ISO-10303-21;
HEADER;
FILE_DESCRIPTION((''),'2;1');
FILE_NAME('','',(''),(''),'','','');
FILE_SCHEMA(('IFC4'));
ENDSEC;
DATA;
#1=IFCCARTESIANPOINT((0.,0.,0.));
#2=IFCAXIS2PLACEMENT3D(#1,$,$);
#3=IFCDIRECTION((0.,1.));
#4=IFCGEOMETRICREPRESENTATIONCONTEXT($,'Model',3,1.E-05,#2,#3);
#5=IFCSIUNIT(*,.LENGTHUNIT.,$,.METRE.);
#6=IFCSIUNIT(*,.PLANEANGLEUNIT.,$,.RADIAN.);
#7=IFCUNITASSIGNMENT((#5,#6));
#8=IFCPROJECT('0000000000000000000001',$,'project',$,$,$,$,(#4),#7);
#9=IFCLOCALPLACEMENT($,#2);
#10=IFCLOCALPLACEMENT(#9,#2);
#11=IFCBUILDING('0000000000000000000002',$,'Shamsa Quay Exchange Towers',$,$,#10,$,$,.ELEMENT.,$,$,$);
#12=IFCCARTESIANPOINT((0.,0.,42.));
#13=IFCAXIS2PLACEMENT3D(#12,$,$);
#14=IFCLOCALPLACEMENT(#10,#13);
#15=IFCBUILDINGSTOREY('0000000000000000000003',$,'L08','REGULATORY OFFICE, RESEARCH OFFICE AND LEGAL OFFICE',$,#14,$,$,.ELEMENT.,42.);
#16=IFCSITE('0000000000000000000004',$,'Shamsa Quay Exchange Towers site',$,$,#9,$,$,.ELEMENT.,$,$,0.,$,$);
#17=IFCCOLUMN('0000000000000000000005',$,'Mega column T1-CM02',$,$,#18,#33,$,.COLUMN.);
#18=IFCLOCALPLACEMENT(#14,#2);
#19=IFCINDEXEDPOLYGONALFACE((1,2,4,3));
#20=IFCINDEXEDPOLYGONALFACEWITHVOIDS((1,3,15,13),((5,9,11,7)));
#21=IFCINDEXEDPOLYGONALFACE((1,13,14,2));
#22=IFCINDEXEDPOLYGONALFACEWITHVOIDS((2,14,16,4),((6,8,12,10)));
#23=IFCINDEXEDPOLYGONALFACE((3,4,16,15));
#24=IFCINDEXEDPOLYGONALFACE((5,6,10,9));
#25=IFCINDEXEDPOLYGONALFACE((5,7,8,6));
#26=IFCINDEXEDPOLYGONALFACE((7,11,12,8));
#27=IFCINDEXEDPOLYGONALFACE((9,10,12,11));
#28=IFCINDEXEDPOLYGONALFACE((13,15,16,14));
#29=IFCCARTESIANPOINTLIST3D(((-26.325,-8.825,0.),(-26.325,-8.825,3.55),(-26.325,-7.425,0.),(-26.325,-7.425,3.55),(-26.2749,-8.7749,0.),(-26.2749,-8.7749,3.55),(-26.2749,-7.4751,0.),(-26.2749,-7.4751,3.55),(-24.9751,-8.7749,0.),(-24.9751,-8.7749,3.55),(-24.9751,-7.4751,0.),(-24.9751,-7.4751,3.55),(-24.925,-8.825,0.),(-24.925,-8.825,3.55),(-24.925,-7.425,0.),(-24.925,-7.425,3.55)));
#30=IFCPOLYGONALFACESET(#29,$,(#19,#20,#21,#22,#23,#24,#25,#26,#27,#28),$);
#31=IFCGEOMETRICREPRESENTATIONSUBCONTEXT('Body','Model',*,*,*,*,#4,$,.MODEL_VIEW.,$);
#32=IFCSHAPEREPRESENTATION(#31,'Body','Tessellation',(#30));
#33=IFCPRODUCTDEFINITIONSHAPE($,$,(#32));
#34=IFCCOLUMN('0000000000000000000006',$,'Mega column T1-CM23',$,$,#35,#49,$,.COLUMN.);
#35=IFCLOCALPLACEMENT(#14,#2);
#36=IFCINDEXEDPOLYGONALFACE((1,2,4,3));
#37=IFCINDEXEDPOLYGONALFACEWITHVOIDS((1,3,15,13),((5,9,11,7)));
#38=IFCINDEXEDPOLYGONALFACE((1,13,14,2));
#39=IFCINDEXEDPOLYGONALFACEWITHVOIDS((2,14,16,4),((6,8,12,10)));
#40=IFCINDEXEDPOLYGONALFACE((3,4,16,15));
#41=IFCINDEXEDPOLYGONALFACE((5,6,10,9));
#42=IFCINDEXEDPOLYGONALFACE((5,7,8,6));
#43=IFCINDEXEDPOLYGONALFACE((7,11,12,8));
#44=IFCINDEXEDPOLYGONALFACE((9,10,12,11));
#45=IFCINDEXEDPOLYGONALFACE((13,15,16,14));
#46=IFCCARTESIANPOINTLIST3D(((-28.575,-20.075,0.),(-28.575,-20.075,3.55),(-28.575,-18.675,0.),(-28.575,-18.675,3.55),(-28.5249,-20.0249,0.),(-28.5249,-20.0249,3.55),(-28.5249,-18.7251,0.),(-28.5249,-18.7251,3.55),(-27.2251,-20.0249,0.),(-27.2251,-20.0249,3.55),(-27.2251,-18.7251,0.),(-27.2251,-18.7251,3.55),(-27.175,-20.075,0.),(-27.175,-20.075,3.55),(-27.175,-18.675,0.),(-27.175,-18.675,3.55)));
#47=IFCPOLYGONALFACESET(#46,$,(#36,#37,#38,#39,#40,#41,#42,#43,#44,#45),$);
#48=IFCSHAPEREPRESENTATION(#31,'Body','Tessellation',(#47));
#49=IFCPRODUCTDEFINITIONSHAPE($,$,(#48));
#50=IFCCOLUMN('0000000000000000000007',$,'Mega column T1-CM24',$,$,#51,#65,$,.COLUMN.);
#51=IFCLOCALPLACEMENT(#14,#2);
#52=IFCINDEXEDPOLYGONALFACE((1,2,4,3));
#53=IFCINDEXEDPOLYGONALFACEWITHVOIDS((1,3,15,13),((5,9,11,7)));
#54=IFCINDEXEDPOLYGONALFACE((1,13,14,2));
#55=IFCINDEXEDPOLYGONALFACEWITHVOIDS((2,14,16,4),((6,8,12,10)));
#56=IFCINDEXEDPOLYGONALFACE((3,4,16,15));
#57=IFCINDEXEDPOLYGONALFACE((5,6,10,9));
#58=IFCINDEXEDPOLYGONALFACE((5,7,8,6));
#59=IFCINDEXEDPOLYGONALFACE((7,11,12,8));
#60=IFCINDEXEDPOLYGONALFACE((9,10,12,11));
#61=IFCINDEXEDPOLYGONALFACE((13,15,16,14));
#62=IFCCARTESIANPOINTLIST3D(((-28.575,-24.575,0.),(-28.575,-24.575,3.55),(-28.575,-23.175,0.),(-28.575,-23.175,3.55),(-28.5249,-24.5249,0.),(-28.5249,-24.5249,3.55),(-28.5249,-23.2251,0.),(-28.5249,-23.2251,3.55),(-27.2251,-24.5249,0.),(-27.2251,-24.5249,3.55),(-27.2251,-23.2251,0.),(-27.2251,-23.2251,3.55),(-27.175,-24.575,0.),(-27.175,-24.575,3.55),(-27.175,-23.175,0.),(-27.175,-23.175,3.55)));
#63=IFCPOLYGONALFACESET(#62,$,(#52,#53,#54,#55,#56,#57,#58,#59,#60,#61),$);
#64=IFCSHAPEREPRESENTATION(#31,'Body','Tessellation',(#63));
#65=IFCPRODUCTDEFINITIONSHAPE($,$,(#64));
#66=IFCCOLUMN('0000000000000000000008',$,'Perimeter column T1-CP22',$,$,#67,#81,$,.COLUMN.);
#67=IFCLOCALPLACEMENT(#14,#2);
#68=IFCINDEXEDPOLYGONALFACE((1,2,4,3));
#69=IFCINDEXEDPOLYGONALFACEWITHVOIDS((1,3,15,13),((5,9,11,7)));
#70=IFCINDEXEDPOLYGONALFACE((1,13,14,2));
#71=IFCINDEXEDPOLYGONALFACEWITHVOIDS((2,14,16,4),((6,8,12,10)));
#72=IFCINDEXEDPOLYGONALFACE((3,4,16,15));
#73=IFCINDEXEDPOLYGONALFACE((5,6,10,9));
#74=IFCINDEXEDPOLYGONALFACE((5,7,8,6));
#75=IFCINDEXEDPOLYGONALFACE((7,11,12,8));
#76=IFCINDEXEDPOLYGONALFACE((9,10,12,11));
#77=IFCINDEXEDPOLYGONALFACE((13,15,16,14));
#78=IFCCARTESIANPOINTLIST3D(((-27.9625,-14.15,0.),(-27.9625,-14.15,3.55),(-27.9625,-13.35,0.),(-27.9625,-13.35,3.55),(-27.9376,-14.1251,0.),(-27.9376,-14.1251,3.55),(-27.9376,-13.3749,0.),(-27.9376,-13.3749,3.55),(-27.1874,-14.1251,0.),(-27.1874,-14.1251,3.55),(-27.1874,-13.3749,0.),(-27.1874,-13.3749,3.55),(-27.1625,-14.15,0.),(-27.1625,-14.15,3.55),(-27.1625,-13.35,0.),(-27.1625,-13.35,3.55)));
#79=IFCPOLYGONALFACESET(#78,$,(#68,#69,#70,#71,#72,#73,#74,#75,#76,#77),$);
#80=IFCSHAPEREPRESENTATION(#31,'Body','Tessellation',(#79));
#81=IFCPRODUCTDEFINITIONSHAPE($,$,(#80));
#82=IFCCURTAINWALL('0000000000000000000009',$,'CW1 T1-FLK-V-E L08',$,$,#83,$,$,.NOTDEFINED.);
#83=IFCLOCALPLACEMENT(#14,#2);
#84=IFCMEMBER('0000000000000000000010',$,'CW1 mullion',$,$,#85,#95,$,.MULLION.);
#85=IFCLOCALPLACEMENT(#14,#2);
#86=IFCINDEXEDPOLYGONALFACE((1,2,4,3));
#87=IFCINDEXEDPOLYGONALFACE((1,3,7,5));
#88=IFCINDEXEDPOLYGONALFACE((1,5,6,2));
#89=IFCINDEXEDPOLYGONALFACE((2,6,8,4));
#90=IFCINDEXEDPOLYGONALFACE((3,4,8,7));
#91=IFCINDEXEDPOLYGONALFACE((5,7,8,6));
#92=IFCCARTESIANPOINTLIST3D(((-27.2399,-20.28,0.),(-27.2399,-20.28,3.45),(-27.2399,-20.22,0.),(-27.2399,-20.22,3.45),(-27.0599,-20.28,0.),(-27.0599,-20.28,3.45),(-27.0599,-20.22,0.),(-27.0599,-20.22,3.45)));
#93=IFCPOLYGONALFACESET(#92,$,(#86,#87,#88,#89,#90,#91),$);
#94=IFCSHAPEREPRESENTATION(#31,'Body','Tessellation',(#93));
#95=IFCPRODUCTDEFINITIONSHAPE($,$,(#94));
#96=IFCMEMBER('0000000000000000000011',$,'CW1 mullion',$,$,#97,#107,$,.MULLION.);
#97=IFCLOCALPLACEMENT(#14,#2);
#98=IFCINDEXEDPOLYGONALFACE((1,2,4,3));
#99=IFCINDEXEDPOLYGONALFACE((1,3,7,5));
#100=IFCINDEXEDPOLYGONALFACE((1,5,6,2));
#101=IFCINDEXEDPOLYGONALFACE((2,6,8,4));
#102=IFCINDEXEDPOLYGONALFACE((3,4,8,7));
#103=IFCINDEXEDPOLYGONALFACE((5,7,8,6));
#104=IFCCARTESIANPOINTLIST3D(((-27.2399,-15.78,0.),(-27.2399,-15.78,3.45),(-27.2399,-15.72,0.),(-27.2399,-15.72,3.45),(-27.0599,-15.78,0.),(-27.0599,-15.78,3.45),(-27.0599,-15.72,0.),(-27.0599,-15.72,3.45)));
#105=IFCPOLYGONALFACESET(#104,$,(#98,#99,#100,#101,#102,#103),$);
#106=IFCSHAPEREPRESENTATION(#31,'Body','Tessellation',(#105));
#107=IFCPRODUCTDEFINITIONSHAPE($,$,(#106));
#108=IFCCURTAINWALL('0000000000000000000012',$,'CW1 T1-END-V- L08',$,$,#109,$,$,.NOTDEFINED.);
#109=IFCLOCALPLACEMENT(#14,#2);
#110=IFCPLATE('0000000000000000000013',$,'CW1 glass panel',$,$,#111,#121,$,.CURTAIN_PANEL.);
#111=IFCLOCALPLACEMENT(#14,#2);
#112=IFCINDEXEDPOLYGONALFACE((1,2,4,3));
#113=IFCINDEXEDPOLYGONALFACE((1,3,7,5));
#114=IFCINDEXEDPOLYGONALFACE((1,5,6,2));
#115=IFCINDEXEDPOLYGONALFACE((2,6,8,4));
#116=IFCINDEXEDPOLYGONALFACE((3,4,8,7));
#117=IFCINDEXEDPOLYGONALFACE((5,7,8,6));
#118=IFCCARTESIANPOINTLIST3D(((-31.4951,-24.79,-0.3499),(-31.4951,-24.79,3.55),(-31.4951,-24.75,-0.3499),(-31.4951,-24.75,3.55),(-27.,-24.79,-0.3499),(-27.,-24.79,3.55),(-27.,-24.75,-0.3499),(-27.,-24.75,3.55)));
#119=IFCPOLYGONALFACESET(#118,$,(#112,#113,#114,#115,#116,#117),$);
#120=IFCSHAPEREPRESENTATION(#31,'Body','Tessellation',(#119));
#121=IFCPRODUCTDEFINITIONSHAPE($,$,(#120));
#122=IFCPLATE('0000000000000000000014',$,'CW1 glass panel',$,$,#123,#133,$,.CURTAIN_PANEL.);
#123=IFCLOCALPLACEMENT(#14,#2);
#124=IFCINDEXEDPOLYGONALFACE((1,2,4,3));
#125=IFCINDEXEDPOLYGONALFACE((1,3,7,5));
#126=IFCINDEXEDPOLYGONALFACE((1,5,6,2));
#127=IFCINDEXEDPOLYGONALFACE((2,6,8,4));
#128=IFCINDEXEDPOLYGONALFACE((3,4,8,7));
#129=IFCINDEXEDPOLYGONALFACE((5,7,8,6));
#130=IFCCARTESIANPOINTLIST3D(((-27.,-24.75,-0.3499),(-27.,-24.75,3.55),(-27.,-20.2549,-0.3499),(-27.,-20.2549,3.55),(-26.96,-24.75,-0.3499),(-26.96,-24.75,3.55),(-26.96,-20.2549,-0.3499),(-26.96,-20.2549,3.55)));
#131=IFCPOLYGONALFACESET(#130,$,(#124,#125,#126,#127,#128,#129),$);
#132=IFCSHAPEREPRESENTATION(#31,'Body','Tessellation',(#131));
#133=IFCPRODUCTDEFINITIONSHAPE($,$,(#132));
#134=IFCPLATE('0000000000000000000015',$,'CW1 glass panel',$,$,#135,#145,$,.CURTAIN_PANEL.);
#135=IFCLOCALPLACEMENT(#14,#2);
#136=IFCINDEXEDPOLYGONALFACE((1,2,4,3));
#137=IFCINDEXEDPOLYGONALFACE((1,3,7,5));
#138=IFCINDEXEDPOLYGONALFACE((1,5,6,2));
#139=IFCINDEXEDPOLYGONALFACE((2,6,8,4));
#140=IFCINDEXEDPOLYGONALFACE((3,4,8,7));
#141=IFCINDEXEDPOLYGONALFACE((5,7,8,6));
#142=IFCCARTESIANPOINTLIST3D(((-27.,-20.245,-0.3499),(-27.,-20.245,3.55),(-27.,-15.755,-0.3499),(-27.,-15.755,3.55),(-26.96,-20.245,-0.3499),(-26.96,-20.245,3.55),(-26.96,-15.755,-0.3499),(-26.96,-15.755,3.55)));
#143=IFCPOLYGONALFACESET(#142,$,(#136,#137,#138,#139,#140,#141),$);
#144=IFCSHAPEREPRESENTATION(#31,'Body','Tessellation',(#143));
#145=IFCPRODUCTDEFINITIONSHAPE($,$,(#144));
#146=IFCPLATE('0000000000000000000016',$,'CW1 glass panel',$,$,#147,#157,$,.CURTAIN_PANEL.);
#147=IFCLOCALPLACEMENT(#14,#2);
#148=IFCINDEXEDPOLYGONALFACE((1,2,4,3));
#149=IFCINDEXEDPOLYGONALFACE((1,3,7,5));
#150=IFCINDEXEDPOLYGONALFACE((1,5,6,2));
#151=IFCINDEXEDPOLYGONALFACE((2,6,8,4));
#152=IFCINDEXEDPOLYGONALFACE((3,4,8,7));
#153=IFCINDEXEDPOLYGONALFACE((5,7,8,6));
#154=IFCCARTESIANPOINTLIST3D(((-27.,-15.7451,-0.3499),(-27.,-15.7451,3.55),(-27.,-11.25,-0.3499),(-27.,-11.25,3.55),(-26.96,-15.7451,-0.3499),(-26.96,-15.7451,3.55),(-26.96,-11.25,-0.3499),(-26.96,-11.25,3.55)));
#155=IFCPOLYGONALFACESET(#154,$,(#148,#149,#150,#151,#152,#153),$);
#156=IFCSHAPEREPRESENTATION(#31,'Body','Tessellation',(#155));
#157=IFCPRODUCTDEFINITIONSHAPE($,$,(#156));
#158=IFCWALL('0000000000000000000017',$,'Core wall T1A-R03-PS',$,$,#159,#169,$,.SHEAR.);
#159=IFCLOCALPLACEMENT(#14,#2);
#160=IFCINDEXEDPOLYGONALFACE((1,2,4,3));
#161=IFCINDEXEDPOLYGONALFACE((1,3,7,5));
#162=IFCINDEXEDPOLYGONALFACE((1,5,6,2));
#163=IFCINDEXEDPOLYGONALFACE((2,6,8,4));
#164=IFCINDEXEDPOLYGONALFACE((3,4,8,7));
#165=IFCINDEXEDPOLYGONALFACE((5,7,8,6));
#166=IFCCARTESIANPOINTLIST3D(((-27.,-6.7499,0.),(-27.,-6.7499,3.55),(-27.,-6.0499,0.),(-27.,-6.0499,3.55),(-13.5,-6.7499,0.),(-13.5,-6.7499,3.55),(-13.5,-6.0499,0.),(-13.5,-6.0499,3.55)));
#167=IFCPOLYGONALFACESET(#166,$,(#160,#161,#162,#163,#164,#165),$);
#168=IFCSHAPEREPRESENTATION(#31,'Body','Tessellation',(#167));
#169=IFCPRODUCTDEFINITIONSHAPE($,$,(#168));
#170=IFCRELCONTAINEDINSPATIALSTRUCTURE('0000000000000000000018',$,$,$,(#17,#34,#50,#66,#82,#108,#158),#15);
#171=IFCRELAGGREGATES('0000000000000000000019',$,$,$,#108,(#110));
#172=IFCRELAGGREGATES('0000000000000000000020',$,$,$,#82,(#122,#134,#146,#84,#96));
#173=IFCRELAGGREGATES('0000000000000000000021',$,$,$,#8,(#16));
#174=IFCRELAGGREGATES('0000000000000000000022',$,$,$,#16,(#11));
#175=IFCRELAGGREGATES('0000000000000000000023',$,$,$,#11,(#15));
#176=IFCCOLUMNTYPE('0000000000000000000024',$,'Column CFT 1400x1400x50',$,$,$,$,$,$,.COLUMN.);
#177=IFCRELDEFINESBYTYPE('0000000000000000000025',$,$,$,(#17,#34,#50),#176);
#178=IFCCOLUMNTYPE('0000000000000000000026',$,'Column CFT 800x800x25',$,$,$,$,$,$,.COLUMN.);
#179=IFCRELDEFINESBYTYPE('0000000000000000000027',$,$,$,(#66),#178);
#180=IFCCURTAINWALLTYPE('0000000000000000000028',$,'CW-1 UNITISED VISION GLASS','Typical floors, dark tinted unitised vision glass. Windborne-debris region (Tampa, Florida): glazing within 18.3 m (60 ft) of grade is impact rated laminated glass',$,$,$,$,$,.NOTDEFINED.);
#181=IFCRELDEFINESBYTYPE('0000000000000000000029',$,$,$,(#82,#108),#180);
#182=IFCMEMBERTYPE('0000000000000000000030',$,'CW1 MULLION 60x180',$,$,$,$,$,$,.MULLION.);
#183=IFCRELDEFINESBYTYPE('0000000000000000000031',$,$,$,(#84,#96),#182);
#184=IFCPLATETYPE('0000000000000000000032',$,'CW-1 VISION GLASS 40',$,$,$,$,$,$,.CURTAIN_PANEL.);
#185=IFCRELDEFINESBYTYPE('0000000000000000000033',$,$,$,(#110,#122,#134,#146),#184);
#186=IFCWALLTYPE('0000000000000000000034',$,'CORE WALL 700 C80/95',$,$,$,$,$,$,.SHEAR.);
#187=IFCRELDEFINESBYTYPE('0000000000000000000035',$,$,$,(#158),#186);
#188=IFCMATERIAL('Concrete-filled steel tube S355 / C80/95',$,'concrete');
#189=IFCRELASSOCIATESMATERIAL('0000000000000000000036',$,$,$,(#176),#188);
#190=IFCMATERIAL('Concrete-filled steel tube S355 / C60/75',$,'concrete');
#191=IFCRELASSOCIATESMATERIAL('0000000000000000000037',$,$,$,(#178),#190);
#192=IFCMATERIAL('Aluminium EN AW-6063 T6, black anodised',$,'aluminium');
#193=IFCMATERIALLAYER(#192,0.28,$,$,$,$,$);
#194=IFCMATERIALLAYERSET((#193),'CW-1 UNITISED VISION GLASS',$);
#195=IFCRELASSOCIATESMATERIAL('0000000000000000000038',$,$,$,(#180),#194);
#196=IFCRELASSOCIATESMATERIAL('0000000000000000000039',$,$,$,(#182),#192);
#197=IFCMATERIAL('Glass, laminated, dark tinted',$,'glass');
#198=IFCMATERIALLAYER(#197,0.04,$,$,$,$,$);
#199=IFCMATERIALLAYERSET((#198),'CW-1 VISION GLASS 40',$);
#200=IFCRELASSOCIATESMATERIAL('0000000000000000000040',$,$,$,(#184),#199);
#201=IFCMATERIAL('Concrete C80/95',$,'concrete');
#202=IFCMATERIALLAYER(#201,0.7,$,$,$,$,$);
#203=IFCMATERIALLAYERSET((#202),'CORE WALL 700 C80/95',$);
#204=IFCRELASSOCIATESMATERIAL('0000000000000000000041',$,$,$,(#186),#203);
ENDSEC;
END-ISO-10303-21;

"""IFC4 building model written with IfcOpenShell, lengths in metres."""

from ifc_helpers import new_model, si_unit, direction, frame, frame_2d, origin, origin_2d, place, context, subcontext, project, spatial, rectangle, hollow_rectangle, extrude, material, layer, layer_set, material_profile, profile_set, type_object, element, aggregate, save


model = new_model("IFC4")

# Units and contexts
model_context = context("Model", 3, precision=1e-05, world=origin(), true_north=direction((0.0, 1.0)))
body_context = subcontext(model_context, "Body", "Model", "MODEL_VIEW")
ifc_project = project(units=[si_unit("LENGTHUNIT", "METRE"), si_unit("PLANEANGLEUNIT", "RADIAN")], contexts=[model_context])

# Site, building, storey
site_placement = place(None, origin())
site = spatial("IfcSite", under=ifc_project, at=site_placement, Name="Shamsa Quay Exchange Towers site", CompositionType="ELEMENT", RefElevation=0.0)
building_placement = place(site_placement, origin())
building = spatial("IfcBuilding", under=site, at=building_placement, Name="Shamsa Quay Exchange Towers", CompositionType="ELEMENT")
storey_placement = place(building_placement, frame((0.0, 0.0, 42.0)))
storey = spatial("IfcBuildingStorey", under=building, at=storey_placement, Name="L08", Description="REGULATORY OFFICE, RESEARCH OFFICE AND LEGAL OFFICE", CompositionType="ELEMENT", Elevation=42.0)

# Columns
ifc_material_1 = material(Name="Concrete-filled steel tube S355 / C80/95", Category="concrete")
ifc_material_profile_1 = material_profile(ifc_material_1, hollow_rectangle(XDim=1.3999, YDim=1.3999, WallThickness=0.05, at=origin_2d()), Name="CFT 1400x1400x50")
ifc_profile_set_1 = profile_set([ifc_material_profile_1], Name="Concrete-filled steel tube S355 / C80/95")
column_type_1 = type_object("IfcColumnType", Name="Column CFT 1400x1400x50", PredefinedType="COLUMN", material=ifc_profile_set_1)
for number, where, name in (
    (1, (-25.625, -8.125, 0.0), "Mega column T1-CM02"),
    (2, (-27.875, -19.375, 0.0), "Mega column T1-CM23"),
    (3, (-27.875, -23.875, 0.0), "Mega column T1-CM24"),
):
    element("IfcColumn", number, at=place(storey_placement, frame(where)), inside=storey, type_object=column_type_1, Name=name, PredefinedType="COLUMN", context=body_context, shape_type="SweptSolid", body=[
        extrude(hollow_rectangle(XDim=1.3999, YDim=1.3999, WallThickness=0.05, at=origin_2d()), origin(), (0.0, 0.0, 1.0), 3.55),
    ])
ifc_material_2 = material(Name="Concrete-filled steel tube S355 / C60/75", Category="concrete")
ifc_material_profile_2 = material_profile(ifc_material_2, hollow_rectangle(XDim=0.8, YDim=0.8, WallThickness=0.0249, at=origin_2d()), Name="CFT 800x800x25")
ifc_profile_set_2 = profile_set([ifc_material_profile_2], Name="Concrete-filled steel tube S355 / C60/75")
column_type_2 = type_object("IfcColumnType", Name="Column CFT 800x800x25", PredefinedType="COLUMN", material=ifc_profile_set_2)
column_placement = place(storey_placement, frame((-27.5625, -13.75, 0.0)))
element("IfcColumn", 4, at=column_placement, inside=storey, type_object=column_type_2, Name="Perimeter column T1-CP22", PredefinedType="COLUMN", context=body_context, shape_type="SweptSolid", body=[
    extrude(hollow_rectangle(XDim=0.8, YDim=0.8, WallThickness=0.0249, at=origin_2d()), origin(), (0.0, 0.0, 1.0), 3.55),
])

# Curtain wall, members
ifc_material_3 = material(Name="Aluminium EN AW-6063 T6, black anodised", Category="aluminium")
ifc_layer_1 = layer(ifc_material_3, 0.28)
ifc_layer_set_1 = layer_set([ifc_layer_1], Name="CW-1 UNITISED VISION GLASS")
curtain_wall_type = type_object("IfcCurtainWallType", Name="CW-1 UNITISED VISION GLASS", Description="Typical floors, dark tinted unitised vision glass. Windborne-debris region (Tampa, Florida): glazing within 18.3 m (60 ft) of grade is impact rated laminated glass", PredefinedType="NOTDEFINED", material=ifc_layer_set_1)
curtain_wall_1_placement = place(storey_placement, origin())
curtain_wall_1 = element("IfcCurtainWall", 5, at=curtain_wall_1_placement, inside=storey, type_object=curtain_wall_type, Name="CW1 T1-FLK-V-E L08", PredefinedType="NOTDEFINED")
ifc_material_profile_3 = material_profile(ifc_material_3, rectangle(XDim=0.1799, YDim=0.0601, at=origin_2d()), Name="MU60x180")
ifc_profile_set_3 = profile_set([ifc_material_profile_3], Name="Aluminium EN AW-6063 T6, black anodised")
member_type = type_object("IfcMemberType", Name="CW1 MULLION 60x180", PredefinedType="MULLION", material=ifc_profile_set_3)
member_1_placement = place(storey_placement, frame((-27.1499, -20.25, 0.0), z_axis=(0.0, 0.0, 1.0), x_axis=(-1.0, 0.0, 0.0)))
member_1 = element("IfcMember", 6, at=member_1_placement, type_object=member_type, Name="CW1 mullion", PredefinedType="MULLION", context=body_context, shape_type="SweptSolid", body=[
    extrude(rectangle(XDim=0.1799, YDim=0.0601, at=origin_2d()), origin(), (0.0, 0.0, 1.0), 3.45),
])
member_2_placement = place(storey_placement, frame((-27.1499, -15.75, 0.0), z_axis=(0.0, 0.0, 1.0), x_axis=(-1.0, 0.0, 0.0)))
member_2 = element("IfcMember", 7, at=member_2_placement, type_object=member_type, Name="CW1 mullion", PredefinedType="MULLION", context=body_context, shape_type="SweptSolid", body=[
    extrude(rectangle(XDim=0.1799, YDim=0.0601, at=origin_2d()), origin(), (0.0, 0.0, 1.0), 3.45),
])

# Curtain wall, plate
curtain_wall_2_placement = place(storey_placement, origin())
curtain_wall_2 = element("IfcCurtainWall", 8, at=curtain_wall_2_placement, inside=storey, type_object=curtain_wall_type, Name="CW1 T1-END-V- L08", PredefinedType="NOTDEFINED")
ifc_material_4 = material(Name="Glass, laminated, dark tinted", Category="glass")
ifc_layer_2 = layer(ifc_material_4, 0.04)
ifc_layer_set_2 = layer_set([ifc_layer_2], Name="CW-1 VISION GLASS 40")
plate_type = type_object("IfcPlateType", Name="CW-1 VISION GLASS 40", PredefinedType="CURTAIN_PANEL", material=ifc_layer_set_2)
plate_1_placement = place(storey_placement, frame((-29.2476, -24.77, -0.3499)))
plate_1 = element("IfcPlate", 9, at=plate_1_placement, type_object=plate_type, Name="CW1 glass panel", PredefinedType="CURTAIN_PANEL", context=body_context, shape_type="SweptSolid", body=[
    extrude(rectangle(XDim=4.4951, YDim=0.04, at=origin_2d()), origin(), (0.0, 0.0, 1.0), 3.8999),
])
aggregate(curtain_wall_2, [plate_1])

# Plates
plate_2_placement = place(storey_placement, frame((-26.98, -22.5024, -0.3499), z_axis=(0.0, 0.0, 1.0), x_axis=(0.0, 1.0, 0.0)))
plate_2 = element("IfcPlate", 10, at=plate_2_placement, type_object=plate_type, Name="CW1 glass panel", PredefinedType="CURTAIN_PANEL", context=body_context, shape_type="SweptSolid", body=[
    extrude(rectangle(XDim=4.4951, YDim=0.04, at=origin_2d()), origin(), (0.0, 0.0, 1.0), 3.8999),
])
plate_3_placement = place(storey_placement, frame((-26.98, -18.0, -0.3499), z_axis=(0.0, 0.0, 1.0), x_axis=(0.0, 1.0, 0.0)))
plate_3 = element("IfcPlate", 11, at=plate_3_placement, type_object=plate_type, Name="CW1 glass panel", PredefinedType="CURTAIN_PANEL", context=body_context, shape_type="SweptSolid", body=[
    extrude(rectangle(XDim=4.49, YDim=0.04, at=origin_2d()), origin(), (0.0, 0.0, 1.0), 3.8999),
])
plate_4_placement = place(storey_placement, frame((-26.98, -13.4976, -0.3499), z_axis=(0.0, 0.0, 1.0), x_axis=(0.0, 1.0, 0.0)))
plate_4 = element("IfcPlate", 12, at=plate_4_placement, type_object=plate_type, Name="CW1 glass panel", PredefinedType="CURTAIN_PANEL", context=body_context, shape_type="SweptSolid", body=[
    extrude(rectangle(XDim=4.4951, YDim=0.04, at=origin_2d()), origin(), (0.0, 0.0, 1.0), 3.8999),
])
aggregate(curtain_wall_1, [plate_2, plate_3, plate_4, member_1, member_2])

# Wall
ifc_material_5 = material(Name="Concrete C80/95", Category="concrete")
ifc_layer_3 = layer(ifc_material_5, 0.7)
ifc_layer_set_3 = layer_set([ifc_layer_3], Name="CORE WALL 700 C80/95")
wall_type_1 = type_object("IfcWallType", Name="CORE WALL 700 C80/95", PredefinedType="SHEAR", material=ifc_layer_set_3)
wall_1_placement = place(storey_placement, frame((-27.0, -6.3999, 0.0)))
element("IfcWall", 13, at=wall_1_placement, inside=storey, type_object=wall_type_1, Name="Core wall T1A-R03-PS", PredefinedType="SHEAR", context=body_context, shape_type="SweptSolid", body=[
    extrude(rectangle(XDim=13.5, YDim=0.7, at=frame_2d((6.75, 0.0))), origin(), (0.0, 0.0, 1.0), 3.55),
])

save(model, "model.ifc")
